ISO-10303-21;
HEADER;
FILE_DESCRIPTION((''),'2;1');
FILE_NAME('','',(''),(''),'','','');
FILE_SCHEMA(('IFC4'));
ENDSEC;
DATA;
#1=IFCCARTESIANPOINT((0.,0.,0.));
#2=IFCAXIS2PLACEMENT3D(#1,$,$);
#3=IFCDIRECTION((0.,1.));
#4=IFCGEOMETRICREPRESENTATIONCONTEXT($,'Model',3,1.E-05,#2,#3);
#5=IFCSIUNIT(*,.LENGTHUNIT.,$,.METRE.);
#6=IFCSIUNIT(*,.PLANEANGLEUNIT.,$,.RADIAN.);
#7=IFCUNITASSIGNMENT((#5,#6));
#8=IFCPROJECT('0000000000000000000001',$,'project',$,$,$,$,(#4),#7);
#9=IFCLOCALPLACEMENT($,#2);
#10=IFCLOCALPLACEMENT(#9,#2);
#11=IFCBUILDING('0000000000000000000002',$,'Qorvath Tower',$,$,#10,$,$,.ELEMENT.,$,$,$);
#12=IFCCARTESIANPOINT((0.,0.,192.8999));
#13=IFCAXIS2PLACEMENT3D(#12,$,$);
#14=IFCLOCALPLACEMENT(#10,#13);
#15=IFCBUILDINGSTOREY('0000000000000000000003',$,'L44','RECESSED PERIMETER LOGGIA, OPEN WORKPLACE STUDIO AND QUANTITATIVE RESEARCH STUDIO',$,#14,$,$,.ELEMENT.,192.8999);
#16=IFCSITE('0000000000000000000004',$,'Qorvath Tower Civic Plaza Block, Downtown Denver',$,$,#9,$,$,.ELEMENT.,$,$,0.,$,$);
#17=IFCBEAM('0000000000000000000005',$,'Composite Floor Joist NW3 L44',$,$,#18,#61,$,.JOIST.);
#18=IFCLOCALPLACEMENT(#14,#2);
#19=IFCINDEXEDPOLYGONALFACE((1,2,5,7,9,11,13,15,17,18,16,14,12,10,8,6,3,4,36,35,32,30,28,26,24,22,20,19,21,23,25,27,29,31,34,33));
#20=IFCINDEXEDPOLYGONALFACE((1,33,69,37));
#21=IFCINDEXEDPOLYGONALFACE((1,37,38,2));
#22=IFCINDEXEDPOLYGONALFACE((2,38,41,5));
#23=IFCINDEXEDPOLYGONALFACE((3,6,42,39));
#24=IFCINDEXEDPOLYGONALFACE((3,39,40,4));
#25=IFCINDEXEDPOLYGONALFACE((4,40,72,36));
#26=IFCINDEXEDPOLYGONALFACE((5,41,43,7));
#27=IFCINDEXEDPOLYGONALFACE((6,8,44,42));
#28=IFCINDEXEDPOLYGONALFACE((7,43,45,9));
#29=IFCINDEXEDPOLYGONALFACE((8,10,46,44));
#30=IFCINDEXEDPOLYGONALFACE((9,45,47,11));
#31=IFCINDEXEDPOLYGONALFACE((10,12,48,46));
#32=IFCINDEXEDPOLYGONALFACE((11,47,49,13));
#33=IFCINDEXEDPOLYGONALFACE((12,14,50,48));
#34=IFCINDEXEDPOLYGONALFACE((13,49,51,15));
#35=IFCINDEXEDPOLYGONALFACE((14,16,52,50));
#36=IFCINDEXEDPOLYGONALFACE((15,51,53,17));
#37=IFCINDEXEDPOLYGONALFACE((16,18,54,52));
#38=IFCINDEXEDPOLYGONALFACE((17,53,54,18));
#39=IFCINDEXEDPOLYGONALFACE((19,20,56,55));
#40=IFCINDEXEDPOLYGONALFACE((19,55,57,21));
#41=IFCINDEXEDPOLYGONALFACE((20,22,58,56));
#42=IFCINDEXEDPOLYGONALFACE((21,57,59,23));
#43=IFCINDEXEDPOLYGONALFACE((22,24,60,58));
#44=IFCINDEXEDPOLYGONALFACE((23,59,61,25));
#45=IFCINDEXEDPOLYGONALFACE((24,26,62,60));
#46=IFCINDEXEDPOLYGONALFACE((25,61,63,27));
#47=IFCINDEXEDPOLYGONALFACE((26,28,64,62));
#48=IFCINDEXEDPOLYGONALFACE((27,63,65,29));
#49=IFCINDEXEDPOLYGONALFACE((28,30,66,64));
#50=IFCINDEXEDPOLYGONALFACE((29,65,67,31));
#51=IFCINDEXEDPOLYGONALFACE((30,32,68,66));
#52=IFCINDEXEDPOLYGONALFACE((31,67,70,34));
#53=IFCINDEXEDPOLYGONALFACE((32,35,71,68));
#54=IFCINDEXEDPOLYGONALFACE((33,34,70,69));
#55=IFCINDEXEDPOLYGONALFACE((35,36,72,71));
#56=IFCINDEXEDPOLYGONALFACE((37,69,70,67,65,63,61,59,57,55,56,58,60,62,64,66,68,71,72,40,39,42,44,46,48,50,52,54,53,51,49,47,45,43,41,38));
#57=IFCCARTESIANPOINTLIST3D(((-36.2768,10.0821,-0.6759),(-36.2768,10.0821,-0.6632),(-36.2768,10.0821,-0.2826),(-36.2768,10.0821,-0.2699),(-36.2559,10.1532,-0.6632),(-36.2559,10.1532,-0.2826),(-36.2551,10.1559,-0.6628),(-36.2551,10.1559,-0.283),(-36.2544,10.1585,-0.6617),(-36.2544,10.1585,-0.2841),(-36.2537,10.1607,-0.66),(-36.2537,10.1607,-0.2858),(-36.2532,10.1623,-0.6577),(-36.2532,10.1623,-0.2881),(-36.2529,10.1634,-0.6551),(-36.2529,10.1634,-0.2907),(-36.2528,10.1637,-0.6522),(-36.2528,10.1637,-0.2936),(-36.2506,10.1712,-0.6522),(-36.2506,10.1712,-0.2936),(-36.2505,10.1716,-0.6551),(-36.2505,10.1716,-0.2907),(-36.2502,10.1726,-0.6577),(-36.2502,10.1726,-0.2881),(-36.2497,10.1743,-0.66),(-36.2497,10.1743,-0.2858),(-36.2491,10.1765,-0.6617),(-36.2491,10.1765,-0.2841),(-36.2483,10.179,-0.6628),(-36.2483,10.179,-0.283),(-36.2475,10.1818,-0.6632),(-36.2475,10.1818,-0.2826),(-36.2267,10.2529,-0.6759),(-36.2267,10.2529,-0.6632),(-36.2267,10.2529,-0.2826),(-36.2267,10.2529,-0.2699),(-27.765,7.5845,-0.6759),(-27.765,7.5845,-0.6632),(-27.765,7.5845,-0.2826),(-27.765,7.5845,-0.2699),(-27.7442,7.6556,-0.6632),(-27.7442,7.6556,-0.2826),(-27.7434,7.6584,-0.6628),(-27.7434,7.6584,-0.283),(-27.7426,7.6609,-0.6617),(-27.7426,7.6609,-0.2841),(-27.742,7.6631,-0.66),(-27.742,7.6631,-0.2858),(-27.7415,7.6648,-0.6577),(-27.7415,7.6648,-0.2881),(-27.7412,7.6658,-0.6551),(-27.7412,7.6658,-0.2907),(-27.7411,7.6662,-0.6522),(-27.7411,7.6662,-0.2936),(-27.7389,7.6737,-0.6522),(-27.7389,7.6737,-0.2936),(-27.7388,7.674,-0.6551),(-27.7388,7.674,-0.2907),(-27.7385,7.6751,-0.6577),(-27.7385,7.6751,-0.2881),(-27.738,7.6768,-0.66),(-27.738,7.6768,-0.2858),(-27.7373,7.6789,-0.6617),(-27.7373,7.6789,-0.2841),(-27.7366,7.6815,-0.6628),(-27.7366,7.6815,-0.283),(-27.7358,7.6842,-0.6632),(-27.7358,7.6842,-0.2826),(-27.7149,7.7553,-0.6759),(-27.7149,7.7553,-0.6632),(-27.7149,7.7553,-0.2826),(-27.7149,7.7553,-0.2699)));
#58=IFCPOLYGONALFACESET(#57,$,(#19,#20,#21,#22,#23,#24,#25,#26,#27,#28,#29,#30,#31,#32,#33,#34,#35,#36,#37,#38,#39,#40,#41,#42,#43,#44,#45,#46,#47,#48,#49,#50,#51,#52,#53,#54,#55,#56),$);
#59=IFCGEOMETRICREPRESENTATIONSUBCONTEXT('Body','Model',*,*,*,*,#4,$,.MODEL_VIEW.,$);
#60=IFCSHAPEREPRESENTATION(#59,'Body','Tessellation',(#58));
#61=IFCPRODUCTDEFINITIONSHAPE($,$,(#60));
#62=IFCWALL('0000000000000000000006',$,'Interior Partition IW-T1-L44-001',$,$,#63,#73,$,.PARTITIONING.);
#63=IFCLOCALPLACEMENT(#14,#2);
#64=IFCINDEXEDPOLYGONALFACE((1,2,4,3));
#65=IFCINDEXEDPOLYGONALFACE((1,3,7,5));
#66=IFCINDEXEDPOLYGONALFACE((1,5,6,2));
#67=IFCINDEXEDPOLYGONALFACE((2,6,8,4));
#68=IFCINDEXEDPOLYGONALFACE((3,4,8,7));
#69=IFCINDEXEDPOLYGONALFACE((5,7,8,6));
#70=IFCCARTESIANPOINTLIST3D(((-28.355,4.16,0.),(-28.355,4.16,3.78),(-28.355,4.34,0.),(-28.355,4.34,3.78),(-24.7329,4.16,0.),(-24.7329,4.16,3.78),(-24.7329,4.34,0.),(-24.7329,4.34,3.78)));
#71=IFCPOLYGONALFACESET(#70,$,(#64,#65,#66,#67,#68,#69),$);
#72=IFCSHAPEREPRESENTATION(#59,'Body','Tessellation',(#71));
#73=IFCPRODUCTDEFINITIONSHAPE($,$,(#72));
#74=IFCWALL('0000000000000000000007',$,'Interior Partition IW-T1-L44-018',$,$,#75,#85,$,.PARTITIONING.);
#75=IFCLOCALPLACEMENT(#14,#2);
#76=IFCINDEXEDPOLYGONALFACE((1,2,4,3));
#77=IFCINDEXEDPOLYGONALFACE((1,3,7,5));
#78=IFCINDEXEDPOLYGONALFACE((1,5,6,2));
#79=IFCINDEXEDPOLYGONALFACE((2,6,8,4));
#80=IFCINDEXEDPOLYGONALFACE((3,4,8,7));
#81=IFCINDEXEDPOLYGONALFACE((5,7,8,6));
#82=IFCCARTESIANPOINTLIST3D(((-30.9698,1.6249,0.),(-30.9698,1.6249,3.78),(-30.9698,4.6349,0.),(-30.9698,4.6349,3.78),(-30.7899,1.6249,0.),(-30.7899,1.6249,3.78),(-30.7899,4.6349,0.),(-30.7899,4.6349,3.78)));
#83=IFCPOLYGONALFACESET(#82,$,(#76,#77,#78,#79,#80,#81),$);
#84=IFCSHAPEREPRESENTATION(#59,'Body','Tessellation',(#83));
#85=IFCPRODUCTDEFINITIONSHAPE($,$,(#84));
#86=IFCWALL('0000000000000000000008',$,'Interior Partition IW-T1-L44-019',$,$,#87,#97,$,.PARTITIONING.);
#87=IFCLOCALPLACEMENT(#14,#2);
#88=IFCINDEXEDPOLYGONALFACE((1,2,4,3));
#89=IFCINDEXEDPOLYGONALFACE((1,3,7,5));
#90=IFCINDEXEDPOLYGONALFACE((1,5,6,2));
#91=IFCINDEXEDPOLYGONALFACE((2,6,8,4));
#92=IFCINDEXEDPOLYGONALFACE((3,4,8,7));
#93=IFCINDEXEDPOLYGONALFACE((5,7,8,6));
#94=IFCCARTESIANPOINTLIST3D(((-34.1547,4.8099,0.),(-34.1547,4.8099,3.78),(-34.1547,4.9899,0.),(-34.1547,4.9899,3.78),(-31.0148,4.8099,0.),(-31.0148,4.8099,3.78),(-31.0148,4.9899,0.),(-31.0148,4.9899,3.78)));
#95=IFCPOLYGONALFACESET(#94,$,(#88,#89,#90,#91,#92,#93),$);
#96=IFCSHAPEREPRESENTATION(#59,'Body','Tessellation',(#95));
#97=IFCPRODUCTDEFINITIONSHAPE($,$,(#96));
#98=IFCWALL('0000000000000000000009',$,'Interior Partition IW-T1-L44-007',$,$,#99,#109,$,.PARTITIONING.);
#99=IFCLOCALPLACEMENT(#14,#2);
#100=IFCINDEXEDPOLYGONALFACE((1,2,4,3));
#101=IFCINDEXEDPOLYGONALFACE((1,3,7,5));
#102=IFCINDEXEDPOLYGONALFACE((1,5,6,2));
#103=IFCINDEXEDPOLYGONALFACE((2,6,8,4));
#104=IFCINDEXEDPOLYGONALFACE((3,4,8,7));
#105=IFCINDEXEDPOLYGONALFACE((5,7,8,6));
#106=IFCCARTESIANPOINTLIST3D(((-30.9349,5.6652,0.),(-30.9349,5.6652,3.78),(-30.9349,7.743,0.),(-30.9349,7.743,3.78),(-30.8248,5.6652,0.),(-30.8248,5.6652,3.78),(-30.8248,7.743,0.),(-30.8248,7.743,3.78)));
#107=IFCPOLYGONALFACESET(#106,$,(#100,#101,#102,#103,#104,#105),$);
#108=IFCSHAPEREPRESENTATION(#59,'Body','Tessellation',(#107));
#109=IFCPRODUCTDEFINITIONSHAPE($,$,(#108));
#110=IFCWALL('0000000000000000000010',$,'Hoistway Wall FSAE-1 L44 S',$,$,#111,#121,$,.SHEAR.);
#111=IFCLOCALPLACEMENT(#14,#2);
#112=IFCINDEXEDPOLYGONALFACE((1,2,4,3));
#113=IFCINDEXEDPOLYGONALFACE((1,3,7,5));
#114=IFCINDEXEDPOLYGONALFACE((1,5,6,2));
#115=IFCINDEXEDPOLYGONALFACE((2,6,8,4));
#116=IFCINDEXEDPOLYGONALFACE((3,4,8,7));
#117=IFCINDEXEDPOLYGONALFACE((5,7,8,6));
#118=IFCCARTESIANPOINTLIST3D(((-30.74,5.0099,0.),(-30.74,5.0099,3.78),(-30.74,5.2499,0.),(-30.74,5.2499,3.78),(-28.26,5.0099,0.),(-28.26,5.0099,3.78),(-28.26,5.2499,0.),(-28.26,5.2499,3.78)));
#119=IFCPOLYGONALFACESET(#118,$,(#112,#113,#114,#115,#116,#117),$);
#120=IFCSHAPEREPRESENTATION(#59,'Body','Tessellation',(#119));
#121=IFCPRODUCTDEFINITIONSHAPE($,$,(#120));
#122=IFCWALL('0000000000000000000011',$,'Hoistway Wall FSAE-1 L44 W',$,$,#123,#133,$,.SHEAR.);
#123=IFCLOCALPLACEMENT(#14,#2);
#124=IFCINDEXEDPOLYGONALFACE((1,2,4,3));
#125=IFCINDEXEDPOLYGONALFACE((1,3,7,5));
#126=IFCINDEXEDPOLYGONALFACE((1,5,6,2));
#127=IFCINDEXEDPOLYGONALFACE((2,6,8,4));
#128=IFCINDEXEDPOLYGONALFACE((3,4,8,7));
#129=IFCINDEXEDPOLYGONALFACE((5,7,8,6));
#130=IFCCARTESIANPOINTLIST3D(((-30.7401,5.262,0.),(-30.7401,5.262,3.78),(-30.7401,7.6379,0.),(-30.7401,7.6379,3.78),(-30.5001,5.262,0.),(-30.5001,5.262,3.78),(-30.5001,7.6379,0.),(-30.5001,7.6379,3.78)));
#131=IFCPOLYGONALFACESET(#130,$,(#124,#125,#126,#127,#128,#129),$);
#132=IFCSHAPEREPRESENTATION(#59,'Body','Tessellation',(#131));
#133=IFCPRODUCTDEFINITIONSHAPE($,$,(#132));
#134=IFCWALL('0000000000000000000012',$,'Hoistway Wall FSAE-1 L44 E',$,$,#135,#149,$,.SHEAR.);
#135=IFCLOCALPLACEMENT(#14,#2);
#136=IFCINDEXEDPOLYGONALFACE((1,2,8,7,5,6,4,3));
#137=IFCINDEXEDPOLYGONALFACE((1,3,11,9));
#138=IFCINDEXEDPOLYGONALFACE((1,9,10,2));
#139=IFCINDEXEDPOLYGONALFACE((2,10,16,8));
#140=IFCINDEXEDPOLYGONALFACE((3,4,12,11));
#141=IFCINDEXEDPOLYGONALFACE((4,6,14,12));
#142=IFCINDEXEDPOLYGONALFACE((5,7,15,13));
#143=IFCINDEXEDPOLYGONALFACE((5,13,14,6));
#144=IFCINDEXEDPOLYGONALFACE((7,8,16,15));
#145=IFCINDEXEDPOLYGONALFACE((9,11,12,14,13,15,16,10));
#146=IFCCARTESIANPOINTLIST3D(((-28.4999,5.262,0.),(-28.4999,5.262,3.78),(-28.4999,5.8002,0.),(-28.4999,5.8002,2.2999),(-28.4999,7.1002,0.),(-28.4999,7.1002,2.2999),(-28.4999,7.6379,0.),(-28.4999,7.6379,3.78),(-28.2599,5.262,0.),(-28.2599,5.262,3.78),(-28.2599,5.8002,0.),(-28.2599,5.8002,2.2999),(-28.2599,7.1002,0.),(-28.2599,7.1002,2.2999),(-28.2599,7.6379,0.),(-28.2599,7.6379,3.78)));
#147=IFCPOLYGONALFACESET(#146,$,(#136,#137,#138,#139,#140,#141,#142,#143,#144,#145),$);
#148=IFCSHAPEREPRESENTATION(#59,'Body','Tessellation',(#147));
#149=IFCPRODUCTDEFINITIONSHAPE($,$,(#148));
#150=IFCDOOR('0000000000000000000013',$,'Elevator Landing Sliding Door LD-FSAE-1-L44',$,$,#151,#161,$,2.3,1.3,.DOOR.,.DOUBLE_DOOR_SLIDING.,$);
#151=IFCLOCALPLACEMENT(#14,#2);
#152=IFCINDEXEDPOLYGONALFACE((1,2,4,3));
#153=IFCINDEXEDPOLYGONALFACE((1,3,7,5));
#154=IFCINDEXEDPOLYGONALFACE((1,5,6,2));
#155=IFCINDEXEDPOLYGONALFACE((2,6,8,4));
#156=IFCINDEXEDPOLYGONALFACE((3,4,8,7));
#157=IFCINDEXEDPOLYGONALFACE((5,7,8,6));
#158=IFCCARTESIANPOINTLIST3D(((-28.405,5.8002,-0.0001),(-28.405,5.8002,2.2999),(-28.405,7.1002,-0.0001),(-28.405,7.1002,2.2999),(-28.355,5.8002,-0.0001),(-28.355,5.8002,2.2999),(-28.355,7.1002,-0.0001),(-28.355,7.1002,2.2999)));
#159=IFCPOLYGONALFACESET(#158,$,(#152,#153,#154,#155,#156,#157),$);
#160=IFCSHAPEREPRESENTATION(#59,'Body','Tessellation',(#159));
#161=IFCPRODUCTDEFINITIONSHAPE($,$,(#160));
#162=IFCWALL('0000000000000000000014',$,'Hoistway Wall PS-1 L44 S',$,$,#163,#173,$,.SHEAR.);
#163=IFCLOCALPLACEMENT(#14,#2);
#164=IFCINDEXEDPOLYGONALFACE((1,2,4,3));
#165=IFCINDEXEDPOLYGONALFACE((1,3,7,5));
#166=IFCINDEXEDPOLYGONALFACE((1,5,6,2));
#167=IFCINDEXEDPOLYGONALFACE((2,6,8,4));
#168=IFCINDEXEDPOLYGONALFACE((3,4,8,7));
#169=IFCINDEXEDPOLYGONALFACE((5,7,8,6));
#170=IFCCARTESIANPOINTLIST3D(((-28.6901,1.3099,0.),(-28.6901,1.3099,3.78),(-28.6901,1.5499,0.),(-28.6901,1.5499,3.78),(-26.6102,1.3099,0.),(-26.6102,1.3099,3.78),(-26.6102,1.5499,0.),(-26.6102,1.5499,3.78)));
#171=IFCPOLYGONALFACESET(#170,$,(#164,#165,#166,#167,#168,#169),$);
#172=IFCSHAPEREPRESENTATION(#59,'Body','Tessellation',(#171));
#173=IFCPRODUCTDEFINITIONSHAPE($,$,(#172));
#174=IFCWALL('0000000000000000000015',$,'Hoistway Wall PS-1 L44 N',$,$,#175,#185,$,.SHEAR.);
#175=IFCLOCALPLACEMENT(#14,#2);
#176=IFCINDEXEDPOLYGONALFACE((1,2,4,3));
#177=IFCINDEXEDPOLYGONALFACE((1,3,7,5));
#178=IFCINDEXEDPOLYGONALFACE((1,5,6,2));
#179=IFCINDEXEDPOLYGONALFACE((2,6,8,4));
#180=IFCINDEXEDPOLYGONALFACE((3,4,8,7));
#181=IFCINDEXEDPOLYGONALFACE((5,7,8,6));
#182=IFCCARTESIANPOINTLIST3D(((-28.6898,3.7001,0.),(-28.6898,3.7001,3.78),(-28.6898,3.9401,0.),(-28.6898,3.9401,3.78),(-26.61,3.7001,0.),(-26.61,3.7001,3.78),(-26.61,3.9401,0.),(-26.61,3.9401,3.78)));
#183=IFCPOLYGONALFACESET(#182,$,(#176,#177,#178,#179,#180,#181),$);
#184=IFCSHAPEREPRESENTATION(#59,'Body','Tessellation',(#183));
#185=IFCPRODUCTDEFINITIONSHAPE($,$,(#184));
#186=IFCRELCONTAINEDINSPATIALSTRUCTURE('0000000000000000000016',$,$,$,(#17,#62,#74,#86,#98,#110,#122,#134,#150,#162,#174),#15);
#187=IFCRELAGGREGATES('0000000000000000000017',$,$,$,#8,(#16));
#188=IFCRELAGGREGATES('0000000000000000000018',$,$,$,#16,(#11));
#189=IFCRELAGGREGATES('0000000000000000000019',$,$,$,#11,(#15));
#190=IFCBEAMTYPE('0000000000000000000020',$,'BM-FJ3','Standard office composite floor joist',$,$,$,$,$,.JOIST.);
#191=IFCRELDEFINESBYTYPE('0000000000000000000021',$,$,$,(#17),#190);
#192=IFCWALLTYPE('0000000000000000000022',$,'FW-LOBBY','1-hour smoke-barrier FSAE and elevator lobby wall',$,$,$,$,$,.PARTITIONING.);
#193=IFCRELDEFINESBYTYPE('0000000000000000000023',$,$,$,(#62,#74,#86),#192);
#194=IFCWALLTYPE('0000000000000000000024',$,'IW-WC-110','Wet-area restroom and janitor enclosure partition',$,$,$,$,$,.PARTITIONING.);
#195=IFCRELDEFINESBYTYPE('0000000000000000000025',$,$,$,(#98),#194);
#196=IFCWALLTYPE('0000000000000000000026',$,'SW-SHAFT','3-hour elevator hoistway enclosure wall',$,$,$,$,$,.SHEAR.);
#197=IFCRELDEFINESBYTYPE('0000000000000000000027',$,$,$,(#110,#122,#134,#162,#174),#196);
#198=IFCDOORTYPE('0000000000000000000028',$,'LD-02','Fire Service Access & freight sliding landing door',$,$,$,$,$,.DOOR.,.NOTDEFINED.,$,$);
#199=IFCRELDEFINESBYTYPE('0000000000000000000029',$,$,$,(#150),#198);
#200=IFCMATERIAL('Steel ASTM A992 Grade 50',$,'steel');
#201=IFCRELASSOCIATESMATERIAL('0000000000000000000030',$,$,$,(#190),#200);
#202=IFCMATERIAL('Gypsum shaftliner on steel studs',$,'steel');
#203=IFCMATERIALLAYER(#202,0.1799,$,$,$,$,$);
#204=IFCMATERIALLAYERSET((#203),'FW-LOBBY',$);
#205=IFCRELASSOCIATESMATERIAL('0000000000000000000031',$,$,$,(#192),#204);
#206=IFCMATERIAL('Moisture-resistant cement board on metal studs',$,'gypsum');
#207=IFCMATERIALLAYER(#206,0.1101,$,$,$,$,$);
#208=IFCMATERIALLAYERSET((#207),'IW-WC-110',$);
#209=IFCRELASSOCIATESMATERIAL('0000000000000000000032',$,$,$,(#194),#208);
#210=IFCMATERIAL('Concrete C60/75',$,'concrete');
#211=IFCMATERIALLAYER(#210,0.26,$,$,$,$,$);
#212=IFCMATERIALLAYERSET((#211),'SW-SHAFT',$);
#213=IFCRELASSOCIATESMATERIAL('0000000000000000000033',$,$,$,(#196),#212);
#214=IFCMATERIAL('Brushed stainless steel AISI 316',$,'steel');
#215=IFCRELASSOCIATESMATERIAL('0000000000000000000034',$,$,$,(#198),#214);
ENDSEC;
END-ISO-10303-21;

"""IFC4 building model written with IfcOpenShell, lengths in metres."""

from ifc_helpers import new_model, si_unit, direction, frame, frame_2d, origin, origin_2d, place, context, subcontext, project, spatial, rectangle, i_section, extrude, material, layer, layer_set, material_profile, profile_set, type_object, element, fill, save


model = new_model("IFC4")

# Units and contexts
model_context = context("Model", 3, precision=1e-05, world=origin(), true_north=direction((0.0, 1.0)))
body_context = subcontext(model_context, "Body", "Model", "MODEL_VIEW")
ifc_project = project(units=[si_unit("LENGTHUNIT", "METRE"), si_unit("PLANEANGLEUNIT", "RADIAN")], contexts=[model_context])

# Site, building, storey
site_placement = place(None, origin())
site = spatial("IfcSite", under=ifc_project, at=site_placement, Name="Qorvath Tower Civic Plaza Block, Downtown Denver", CompositionType="ELEMENT", RefElevation=0.0)
building_placement = place(site_placement, origin())
building = spatial("IfcBuilding", under=site, at=building_placement, Name="Qorvath Tower", CompositionType="ELEMENT")
storey_placement = place(building_placement, frame((0.0, 0.0, 192.8999)))
storey = spatial("IfcBuildingStorey", under=building, at=storey_placement, Name="L44", Description="RECESSED PERIMETER LOGGIA, OPEN WORKPLACE STUDIO AND QUANTITATIVE RESEARCH STUDIO", CompositionType="ELEMENT", Elevation=192.8999)

# Beam
ifc_material_1 = material(Name="Steel ASTM A992 Grade 50", Category="steel")
ifc_material_profile_1 = material_profile(ifc_material_1, i_section(OverallWidth=0.178, OverallDepth=0.406, WebThickness=0.0078, FlangeThickness=0.0127, FilletRadius=0.011, at=origin_2d()), Name="W16x40")
ifc_profile_set_1 = profile_set([ifc_material_profile_1], Name="Steel ASTM A992 Grade 50")
beam_type_1 = type_object("IfcBeamType", Name="BM-FJ3", Description="Standard office composite floor joist", PredefinedType="JOIST", material=ifc_profile_set_1)
beam_1_placement = place(storey_placement, frame((-27.74, 7.6699, -0.4729), z_axis=(-0.959545, 0.281555, 0.0), x_axis=(-0.281555, -0.959545, 0.0)))
element("IfcBeam", 1, at=beam_1_placement, inside=storey, type_object=beam_type_1, Name="Composite Floor Joist NW3 L44", PredefinedType="JOIST", context=body_context, shape_type="SweptSolid", body=[
    extrude(i_section(OverallWidth=0.178, OverallDepth=0.406, WebThickness=0.0078, FlangeThickness=0.0127, FilletRadius=0.011, at=origin_2d()), origin(), (0.0, 0.0, 1.0), 8.8706),
])

# Walls
ifc_material_2 = material(Name="Gypsum shaftliner on steel studs", Category="steel")
ifc_layer_1 = layer(ifc_material_2, 0.1799)
ifc_layer_set_1 = layer_set([ifc_layer_1], Name="FW-LOBBY")
wall_type_1 = type_object("IfcWallType", Name="FW-LOBBY", Description="1-hour smoke-barrier FSAE and elevator lobby wall", PredefinedType="PARTITIONING", material=ifc_layer_set_1)
wall_1_placement = place(storey_placement, frame((-28.355, 4.25, 0.0), z_axis=(0.0, 0.0, 1.0), x_axis=(1.0, 0.0, 0.0)))
element("IfcWall", 2, at=wall_1_placement, inside=storey, type_object=wall_type_1, Name="Interior Partition IW-T1-L44-001", PredefinedType="PARTITIONING", context=body_context, shape_type="SweptSolid", body=[
    extrude(rectangle(XDim=3.6221, YDim=0.1799, at=frame_2d((1.811, 0.0))), origin(), (0.0, 0.0, 1.0), 3.78),
])
wall_2_placement = place(storey_placement, frame((-30.8799, 1.625, 0.0), z_axis=(0.0, 0.0, 1.0), x_axis=(0.0, 1.0, 0.0)))
element("IfcWall", 3, at=wall_2_placement, inside=storey, type_object=wall_type_1, Name="Interior Partition IW-T1-L44-018", PredefinedType="PARTITIONING", context=body_context, shape_type="SweptSolid", body=[
    extrude(rectangle(XDim=3.01, YDim=0.1799, at=frame_2d((1.5049, 0.0))), origin(), (0.0, 0.0, 1.0), 3.78),
])
wall_3_placement = place(storey_placement, frame((-31.0149, 4.8999, 0.0), z_axis=(0.0, 0.0, 1.0), x_axis=(-1.0, 0.0, 0.0)))
element("IfcWall", 4, at=wall_3_placement, inside=storey, type_object=wall_type_1, Name="Interior Partition IW-T1-L44-019", PredefinedType="PARTITIONING", context=body_context, shape_type="SweptSolid", body=[
    extrude(rectangle(XDim=3.1399, YDim=0.1799, at=frame_2d((1.5698, 0.0))), origin(), (0.0, 0.0, 1.0), 3.78),
])
ifc_material_3 = material(Name="Moisture-resistant cement board on metal studs", Category="gypsum")
ifc_layer_2 = layer(ifc_material_3, 0.1101)
ifc_layer_set_2 = layer_set([ifc_layer_2], Name="IW-WC-110")
wall_type_2 = type_object("IfcWallType", Name="IW-WC-110", Description="Wet-area restroom and janitor enclosure partition", PredefinedType="PARTITIONING", material=ifc_layer_set_2)
wall_4_placement = place(storey_placement, frame((-30.8799, 5.665, 0.0), z_axis=(0.0, 0.0, 1.0), x_axis=(0.0, 1.0, 0.0)))
element("IfcWall", 5, at=wall_4_placement, inside=storey, type_object=wall_type_2, Name="Interior Partition IW-T1-L44-007", PredefinedType="PARTITIONING", context=body_context, shape_type="SweptSolid", body=[
    extrude(rectangle(XDim=2.0779, YDim=0.1101, at=frame_2d((1.0391, 0.0))), origin(), (0.0, 0.0, 1.0), 3.78),
])
ifc_material_4 = material(Name="Concrete C60/75", Category="concrete")
ifc_layer_3 = layer(ifc_material_4, 0.26)
ifc_layer_set_3 = layer_set([ifc_layer_3], Name="SW-SHAFT")
wall_type_3 = type_object("IfcWallType", Name="SW-SHAFT", Description="3-hour elevator hoistway enclosure wall", PredefinedType="SHEAR", material=ifc_layer_set_3)
wall_5_placement = place(storey_placement, frame((-28.26, 5.1299, 0.0), z_axis=(0.0, 0.0, 1.0), x_axis=(-1.0, 0.0, 0.0)))
element("IfcWall", 6, at=wall_5_placement, inside=storey, type_object=wall_type_3, Name="Hoistway Wall FSAE-1 L44 S", PredefinedType="SHEAR", context=body_context, shape_type="SweptSolid", body=[
    extrude(rectangle(XDim=2.48, YDim=0.24, at=frame_2d((1.24, 0.0))), origin(), (0.0, 0.0, 1.0), 3.78),
])
wall_6_placement = place(storey_placement, frame((-30.6201, 5.262, 0.0), z_axis=(0.0, 0.0, 1.0), x_axis=(0.0, 1.0, 0.0)))
element("IfcWall", 7, at=wall_6_placement, inside=storey, type_object=wall_type_3, Name="Hoistway Wall FSAE-1 L44 W", PredefinedType="SHEAR", context=body_context, shape_type="SweptSolid", body=[
    extrude(rectangle(XDim=2.376, YDim=0.24, at=frame_2d((1.188, 0.0))), origin(), (0.0, 0.0, 1.0), 3.78),
])

# Wall, opening, door
wall_7_placement = place(storey_placement, frame((-28.3799, 7.6379, 0.0), z_axis=(0.0, 0.0, 1.0), x_axis=(0.0, -1.0, 0.0)))
wall_7 = element("IfcWall", 8, at=wall_7_placement, inside=storey, type_object=wall_type_3, Name="Hoistway Wall FSAE-1 L44 E", PredefinedType="SHEAR", context=body_context, shape_type="SweptSolid", body=[
    extrude(rectangle(XDim=2.376, YDim=0.24, at=frame_2d((1.188, 0.0))), origin(), (0.0, 0.0, 1.0), 3.78),
])
opening_placement = place(wall_7_placement, frame((0.5378, 0.0, 0.0)))
opening = element("IfcOpeningElement", 9, at=opening_placement, cuts=wall_7, PredefinedType="OPENING", context=body_context, shape_type="SweptSolid", body=[
    extrude(rectangle(XDim=1.3, YDim=2.3, at=frame_2d((0.6499, 1.1499))), frame((0.0, 0.1299, 0.0), z_axis=(0.0, -1.0, 0.0), x_axis=(1.0, 0.0, 0.0)), (0.0, 0.0, 1.0), 0.26),
])
ifc_material_5 = material(Name="Brushed stainless steel AISI 316", Category="steel")
door_type = type_object("IfcDoorType", Name="LD-02", Description="Fire Service Access & freight sliding landing door", OperationType="NOTDEFINED", PredefinedType="DOOR", material=ifc_material_5)
door_placement = place(opening_placement, origin())
door = element("IfcDoor", 10, at=door_placement, inside=storey, type_object=door_type, Name="Elevator Landing Sliding Door LD-FSAE-1-L44", OperationType="DOUBLE_DOOR_SLIDING", OverallHeight=2.3, OverallWidth=1.3, PredefinedType="DOOR", context=body_context, shape_type="SweptSolid", body=[
    extrude(rectangle(XDim=1.3, YDim=2.3, at=frame_2d((0.6499, 1.1499))), frame((0.0, 0.0249, 0.0), z_axis=(0.0, -1.0, 0.0), x_axis=(1.0, 0.0, 0.0)), (0.0, 0.0, 1.0), 0.05),
])
fill(opening, door)

# Walls
for number, where, z_axis, x_axis, name in (
    (11, (-26.6101, 1.4299, 0.0), (0.0, 0.0, 1.0), (-1.0, 0.0, 0.0), "Hoistway Wall PS-1 L44 S"),
    (12, (-28.6899, 3.8201, 0.0), (0.0, 0.0, 1.0), (1.0, 0.0, 0.0), "Hoistway Wall PS-1 L44 N"),
):
    element("IfcWall", number, at=place(storey_placement, frame(where, z_axis=z_axis, x_axis=x_axis)), inside=storey, type_object=wall_type_3, Name=name, PredefinedType="SHEAR", context=body_context, shape_type="SweptSolid", body=[
        extrude(rectangle(XDim=2.0798, YDim=0.24, at=frame_2d((1.04, 0.0))), origin(), (0.0, 0.0, 1.0), 3.78),
    ])

save(model, "model.ifc")
